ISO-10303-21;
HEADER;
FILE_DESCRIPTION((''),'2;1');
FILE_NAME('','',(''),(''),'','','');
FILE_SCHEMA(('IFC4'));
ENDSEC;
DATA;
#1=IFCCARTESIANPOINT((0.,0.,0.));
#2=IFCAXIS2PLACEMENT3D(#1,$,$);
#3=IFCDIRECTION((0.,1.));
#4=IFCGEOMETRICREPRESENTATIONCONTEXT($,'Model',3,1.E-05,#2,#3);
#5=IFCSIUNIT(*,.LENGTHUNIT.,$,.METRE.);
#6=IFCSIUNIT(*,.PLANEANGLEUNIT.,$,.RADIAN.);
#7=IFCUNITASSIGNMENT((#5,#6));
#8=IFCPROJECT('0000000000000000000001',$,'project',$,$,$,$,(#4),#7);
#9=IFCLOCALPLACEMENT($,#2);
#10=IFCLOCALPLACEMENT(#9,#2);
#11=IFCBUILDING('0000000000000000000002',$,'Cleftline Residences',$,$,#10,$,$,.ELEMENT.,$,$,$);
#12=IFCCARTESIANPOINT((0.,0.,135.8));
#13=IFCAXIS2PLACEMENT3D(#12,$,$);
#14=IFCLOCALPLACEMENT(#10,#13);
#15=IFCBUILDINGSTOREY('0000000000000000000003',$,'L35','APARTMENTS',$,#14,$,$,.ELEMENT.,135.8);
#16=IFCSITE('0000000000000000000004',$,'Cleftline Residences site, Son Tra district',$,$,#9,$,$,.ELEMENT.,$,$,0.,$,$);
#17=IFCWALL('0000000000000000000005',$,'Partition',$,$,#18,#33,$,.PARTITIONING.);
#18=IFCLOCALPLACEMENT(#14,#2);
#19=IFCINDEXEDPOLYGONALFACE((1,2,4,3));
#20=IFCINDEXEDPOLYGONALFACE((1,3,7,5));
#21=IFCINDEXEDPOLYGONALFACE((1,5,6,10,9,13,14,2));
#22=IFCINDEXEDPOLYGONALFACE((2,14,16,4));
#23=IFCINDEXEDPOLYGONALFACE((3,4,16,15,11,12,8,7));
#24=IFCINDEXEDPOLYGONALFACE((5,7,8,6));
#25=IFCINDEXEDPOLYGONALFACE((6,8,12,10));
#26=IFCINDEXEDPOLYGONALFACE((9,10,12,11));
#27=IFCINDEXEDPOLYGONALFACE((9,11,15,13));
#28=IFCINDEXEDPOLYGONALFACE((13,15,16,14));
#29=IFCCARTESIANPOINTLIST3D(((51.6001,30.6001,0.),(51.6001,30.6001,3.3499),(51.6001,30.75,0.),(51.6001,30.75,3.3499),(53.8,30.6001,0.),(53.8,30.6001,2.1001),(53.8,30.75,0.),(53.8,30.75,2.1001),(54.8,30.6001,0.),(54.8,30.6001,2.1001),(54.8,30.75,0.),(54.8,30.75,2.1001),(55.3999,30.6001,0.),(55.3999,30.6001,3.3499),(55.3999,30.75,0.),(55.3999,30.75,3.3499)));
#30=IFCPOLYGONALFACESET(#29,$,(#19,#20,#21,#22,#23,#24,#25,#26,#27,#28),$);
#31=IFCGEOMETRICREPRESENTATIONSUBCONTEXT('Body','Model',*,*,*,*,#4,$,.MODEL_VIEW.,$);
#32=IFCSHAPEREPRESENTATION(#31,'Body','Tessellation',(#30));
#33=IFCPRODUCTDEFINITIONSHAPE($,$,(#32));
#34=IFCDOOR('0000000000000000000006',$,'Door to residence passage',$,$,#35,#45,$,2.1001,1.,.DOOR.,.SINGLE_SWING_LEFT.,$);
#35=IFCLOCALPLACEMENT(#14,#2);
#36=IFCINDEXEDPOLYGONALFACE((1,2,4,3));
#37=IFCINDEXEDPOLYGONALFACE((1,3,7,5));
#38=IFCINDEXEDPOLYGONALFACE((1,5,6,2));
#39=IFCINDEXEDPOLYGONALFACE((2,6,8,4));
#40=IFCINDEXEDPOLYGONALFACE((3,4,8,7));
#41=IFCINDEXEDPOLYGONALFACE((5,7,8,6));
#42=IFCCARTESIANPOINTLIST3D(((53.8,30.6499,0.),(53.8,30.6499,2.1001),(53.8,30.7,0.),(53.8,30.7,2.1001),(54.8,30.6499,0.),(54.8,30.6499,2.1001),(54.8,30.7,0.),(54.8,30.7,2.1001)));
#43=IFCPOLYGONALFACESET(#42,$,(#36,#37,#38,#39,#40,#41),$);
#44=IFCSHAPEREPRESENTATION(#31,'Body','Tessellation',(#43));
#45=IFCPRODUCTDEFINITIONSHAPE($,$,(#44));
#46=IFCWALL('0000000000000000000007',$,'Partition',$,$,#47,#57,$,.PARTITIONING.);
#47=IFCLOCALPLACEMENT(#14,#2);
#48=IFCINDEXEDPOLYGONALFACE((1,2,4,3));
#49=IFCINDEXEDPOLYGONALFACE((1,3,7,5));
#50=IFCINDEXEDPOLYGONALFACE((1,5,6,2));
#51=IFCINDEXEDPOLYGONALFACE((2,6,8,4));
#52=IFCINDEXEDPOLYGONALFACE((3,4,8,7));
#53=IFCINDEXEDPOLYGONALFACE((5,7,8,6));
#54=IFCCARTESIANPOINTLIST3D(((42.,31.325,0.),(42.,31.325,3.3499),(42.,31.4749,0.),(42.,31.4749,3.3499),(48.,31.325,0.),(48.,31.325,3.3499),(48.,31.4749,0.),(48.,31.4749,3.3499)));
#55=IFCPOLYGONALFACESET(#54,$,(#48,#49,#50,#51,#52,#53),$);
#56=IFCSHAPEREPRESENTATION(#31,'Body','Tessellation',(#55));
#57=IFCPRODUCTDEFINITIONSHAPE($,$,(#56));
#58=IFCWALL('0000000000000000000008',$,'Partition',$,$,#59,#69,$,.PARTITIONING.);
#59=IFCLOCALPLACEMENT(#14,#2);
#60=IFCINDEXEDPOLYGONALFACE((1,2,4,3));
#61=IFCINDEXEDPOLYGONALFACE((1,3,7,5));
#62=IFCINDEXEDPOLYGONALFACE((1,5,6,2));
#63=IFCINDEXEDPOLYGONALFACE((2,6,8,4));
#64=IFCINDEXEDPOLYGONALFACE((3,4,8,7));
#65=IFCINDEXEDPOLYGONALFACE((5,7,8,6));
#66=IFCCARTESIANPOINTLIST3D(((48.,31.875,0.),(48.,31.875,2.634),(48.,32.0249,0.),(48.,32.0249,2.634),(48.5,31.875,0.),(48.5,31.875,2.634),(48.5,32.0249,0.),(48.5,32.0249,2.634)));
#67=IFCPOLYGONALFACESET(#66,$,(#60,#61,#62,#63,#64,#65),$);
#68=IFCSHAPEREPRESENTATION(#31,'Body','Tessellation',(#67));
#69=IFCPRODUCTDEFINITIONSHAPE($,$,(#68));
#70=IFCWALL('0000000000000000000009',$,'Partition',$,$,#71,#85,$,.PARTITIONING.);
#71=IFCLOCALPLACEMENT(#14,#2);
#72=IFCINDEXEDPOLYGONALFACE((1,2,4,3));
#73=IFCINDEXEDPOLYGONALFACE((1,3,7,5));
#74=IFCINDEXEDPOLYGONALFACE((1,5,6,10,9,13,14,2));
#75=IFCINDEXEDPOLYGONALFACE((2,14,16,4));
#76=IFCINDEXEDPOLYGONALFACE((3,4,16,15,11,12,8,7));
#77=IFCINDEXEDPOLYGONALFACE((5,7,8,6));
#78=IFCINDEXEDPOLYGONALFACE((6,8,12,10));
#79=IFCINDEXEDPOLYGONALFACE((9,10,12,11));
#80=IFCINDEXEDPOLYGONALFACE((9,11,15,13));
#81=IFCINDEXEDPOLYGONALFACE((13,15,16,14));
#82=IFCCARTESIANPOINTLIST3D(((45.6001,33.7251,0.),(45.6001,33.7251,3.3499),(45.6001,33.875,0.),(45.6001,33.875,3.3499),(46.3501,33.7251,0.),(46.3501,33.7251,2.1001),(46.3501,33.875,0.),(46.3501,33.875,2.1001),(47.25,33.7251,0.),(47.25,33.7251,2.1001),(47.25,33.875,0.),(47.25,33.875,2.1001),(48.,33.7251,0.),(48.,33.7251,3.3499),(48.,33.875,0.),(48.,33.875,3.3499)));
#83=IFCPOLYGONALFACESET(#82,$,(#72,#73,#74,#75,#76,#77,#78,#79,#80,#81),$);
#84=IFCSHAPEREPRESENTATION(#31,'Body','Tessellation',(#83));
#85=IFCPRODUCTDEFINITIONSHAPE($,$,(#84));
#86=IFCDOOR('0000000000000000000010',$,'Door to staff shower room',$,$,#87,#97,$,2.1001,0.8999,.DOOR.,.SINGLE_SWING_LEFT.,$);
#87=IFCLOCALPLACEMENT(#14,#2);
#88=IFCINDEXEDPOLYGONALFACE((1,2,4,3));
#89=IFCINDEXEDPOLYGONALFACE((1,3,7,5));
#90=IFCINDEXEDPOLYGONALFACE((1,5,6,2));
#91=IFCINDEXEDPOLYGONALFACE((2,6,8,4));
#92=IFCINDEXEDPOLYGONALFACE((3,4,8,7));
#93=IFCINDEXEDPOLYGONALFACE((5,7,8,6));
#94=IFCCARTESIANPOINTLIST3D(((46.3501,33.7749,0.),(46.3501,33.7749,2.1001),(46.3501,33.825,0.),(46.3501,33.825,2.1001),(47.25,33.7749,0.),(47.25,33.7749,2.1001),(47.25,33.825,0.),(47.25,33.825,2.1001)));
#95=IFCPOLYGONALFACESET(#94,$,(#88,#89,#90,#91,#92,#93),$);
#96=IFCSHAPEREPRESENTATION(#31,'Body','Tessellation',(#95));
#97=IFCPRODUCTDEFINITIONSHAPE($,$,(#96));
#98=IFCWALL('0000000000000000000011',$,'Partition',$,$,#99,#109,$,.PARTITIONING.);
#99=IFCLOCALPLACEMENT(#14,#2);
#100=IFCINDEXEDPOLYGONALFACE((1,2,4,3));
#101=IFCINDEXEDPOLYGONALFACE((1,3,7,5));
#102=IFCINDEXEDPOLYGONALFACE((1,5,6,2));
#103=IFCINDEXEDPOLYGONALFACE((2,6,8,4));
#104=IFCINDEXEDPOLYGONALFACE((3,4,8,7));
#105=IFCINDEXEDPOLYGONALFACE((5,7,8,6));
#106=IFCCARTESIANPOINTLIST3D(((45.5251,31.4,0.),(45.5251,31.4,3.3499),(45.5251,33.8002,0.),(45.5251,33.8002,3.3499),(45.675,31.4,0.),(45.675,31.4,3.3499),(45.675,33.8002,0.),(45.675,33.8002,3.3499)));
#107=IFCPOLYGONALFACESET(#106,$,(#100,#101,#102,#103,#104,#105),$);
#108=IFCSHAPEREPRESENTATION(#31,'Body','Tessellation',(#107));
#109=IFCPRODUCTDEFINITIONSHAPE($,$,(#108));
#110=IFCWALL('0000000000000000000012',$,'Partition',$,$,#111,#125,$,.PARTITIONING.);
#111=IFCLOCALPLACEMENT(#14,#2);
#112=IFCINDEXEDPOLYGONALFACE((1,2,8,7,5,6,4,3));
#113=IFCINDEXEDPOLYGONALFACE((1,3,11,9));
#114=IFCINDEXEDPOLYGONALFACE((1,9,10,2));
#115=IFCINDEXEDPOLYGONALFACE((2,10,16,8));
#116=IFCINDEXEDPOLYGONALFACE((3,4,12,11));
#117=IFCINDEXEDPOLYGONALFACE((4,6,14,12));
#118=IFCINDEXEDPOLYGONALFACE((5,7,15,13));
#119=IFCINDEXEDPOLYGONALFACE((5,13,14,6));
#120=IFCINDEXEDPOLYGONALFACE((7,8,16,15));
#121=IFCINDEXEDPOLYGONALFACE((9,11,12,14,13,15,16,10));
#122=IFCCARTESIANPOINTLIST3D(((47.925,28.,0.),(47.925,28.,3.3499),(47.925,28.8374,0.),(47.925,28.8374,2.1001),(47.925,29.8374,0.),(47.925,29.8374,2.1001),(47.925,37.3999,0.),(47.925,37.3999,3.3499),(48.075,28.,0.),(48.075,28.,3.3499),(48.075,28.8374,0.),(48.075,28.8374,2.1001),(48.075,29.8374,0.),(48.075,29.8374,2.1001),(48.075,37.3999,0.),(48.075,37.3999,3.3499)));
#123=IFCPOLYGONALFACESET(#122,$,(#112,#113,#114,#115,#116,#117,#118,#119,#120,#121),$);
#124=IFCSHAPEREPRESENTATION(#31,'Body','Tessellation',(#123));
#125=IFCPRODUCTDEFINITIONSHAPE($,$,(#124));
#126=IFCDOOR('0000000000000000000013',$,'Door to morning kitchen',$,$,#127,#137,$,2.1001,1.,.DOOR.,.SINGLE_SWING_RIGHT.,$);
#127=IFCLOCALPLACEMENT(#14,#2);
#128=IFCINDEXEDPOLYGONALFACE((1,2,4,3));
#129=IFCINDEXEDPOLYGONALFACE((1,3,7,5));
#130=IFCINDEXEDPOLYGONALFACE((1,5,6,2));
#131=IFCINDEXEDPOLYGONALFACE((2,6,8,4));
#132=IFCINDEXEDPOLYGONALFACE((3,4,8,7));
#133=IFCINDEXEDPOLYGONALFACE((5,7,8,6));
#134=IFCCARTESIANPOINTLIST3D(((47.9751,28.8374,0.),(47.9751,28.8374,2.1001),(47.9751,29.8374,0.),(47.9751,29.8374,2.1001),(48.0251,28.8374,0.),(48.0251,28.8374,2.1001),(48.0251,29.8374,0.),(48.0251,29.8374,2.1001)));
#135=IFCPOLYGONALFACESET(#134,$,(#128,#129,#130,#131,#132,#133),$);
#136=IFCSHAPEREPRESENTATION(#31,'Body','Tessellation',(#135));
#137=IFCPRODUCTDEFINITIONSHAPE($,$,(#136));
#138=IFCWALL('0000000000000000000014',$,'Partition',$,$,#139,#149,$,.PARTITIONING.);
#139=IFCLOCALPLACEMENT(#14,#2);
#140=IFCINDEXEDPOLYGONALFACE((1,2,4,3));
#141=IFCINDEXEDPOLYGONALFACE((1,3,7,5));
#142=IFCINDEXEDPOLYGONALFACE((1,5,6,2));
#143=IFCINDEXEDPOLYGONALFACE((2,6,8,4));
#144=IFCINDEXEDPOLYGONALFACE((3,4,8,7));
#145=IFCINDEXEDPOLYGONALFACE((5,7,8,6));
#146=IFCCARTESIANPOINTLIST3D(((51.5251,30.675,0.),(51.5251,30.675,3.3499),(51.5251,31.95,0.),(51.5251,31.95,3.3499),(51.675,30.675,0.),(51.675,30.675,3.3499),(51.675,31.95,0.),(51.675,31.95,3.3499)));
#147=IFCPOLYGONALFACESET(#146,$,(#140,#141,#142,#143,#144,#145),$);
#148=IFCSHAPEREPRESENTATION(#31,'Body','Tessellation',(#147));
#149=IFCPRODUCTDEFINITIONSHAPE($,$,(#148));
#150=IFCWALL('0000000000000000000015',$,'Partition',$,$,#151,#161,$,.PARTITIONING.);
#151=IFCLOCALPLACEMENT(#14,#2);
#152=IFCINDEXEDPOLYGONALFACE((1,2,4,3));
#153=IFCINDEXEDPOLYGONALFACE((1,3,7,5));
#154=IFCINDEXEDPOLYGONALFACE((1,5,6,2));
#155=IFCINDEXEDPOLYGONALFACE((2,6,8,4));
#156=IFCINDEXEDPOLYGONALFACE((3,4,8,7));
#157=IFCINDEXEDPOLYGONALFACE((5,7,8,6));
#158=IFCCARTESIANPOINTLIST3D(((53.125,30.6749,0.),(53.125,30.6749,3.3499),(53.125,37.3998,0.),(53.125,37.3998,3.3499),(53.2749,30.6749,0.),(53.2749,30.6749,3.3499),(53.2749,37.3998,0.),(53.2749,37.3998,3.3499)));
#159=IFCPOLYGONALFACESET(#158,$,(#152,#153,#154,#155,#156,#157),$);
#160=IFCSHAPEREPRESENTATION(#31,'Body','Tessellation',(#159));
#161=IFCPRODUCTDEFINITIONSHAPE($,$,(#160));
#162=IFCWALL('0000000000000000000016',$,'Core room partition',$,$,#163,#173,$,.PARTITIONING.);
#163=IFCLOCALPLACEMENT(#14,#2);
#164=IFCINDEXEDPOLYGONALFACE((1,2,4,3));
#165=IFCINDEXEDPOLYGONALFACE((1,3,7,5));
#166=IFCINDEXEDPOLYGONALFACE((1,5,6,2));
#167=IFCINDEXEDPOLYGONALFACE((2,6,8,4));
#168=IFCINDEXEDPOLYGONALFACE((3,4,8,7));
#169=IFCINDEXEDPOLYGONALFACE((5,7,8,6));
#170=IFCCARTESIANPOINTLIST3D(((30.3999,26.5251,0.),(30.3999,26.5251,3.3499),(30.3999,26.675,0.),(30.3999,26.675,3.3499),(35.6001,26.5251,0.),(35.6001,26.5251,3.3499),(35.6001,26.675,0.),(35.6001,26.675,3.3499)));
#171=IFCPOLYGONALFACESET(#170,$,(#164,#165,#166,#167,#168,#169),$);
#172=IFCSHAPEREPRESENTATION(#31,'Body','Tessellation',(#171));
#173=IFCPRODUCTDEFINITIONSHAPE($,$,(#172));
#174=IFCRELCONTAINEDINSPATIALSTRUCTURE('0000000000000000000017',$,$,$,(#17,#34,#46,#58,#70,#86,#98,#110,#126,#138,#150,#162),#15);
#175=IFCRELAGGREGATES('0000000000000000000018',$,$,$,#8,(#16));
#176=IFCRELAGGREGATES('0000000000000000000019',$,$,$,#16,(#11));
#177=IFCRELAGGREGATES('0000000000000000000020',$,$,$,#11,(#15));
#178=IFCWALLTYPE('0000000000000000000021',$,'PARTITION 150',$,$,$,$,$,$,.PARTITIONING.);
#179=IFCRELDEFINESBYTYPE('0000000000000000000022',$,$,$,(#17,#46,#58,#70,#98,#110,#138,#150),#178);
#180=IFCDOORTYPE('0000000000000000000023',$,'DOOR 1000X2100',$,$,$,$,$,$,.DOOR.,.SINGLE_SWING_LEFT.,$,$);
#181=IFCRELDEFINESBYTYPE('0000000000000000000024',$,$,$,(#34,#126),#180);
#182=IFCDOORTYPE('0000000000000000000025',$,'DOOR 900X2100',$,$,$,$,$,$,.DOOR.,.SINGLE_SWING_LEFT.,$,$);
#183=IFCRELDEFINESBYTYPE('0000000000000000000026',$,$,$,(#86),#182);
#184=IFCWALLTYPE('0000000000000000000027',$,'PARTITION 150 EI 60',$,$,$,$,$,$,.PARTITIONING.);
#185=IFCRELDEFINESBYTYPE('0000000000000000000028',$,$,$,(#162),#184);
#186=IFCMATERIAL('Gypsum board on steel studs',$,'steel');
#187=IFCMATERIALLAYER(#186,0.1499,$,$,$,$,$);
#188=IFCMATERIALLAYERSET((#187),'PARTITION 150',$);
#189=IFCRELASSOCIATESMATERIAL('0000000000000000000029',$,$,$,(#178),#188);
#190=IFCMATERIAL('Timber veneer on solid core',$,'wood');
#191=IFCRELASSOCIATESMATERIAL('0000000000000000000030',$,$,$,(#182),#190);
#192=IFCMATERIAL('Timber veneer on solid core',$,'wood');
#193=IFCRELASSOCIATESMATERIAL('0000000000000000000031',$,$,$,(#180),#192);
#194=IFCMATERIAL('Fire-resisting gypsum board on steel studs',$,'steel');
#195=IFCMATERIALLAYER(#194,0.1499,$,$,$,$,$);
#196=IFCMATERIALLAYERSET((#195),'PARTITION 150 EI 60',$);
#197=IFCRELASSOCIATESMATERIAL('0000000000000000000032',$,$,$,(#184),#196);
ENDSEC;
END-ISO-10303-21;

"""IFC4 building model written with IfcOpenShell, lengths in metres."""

from ifc_helpers import new_model, si_unit, direction, frame, frame_2d, origin, place, context, subcontext, project, spatial, rectangle, extrude, material, layer, layer_set, type_object, element, fill, save


model = new_model("IFC4")

# Units and contexts
model_context = context("Model", 3, precision=1e-05, world=origin(), true_north=direction((0.0, 1.0)))
body_context = subcontext(model_context, "Body", "Model", "MODEL_VIEW")
ifc_project = project(units=[si_unit("LENGTHUNIT", "METRE"), si_unit("PLANEANGLEUNIT", "RADIAN")], contexts=[model_context])

# Site, building, storey
site_placement = place(None, origin())
site = spatial("IfcSite", under=ifc_project, at=site_placement, Name="Cleftline Residences site, Son Tra district", CompositionType="ELEMENT", RefElevation=0.0)
building_placement = place(site_placement, origin())
building = spatial("IfcBuilding", under=site, at=building_placement, Name="Cleftline Residences", CompositionType="ELEMENT")
storey_placement = place(building_placement, frame((0.0, 0.0, 135.8)))
storey = spatial("IfcBuildingStorey", under=building, at=storey_placement, Name="L35", Description="APARTMENTS", CompositionType="ELEMENT", Elevation=135.8)

# Wall, opening, door
ifc_material_1 = material(Name="Gypsum board on steel studs", Category="steel")
ifc_layer_1 = layer(ifc_material_1, 0.1499)
ifc_layer_set_1 = layer_set([ifc_layer_1], Name="PARTITION 150")
wall_type_1 = type_object("IfcWallType", Name="PARTITION 150", PredefinedType="PARTITIONING", material=ifc_layer_set_1)
ifc_material_2 = material(Name="Timber veneer on solid core", Category="wood")
door_type_1 = type_object("IfcDoorType", Name="DOOR 900X2100", OperationType="SINGLE_SWING_LEFT", PredefinedType="DOOR", material=ifc_material_2)
wall_1_placement = place(storey_placement, frame((51.6001, 30.675, 0.0), z_axis=(0.0, 0.0, 1.0), x_axis=(1.0, 0.0, 0.0)))
wall_1 = element("IfcWall", 1, at=wall_1_placement, inside=storey, type_object=wall_type_1, Name="Partition", PredefinedType="PARTITIONING", context=body_context, shape_type="SweptSolid", body=[
    extrude(rectangle(XDim=3.7998, YDim=0.1499, at=frame_2d((1.8999, 0.0))), origin(), (0.0, 0.0, 1.0), 3.3499),
])
opening_1_placement = place(wall_1_placement, frame((2.2, 0.0, 0.0)))
opening_1 = element("IfcOpeningElement", 2, at=opening_1_placement, cuts=wall_1, PredefinedType="OPENING", context=body_context, shape_type="SweptSolid", body=[
    extrude(rectangle(XDim=1.0, YDim=2.1001, at=frame_2d((0.5, 1.05))), frame((0.0, 0.085, 0.0), z_axis=(0.0, -1.0, 0.0), x_axis=(1.0, 0.0, 0.0)), (0.0, 0.0, 1.0), 0.1699),
])
ifc_material_3 = material(Name="Timber veneer on solid core", Category="wood")
door_type_2 = type_object("IfcDoorType", Name="DOOR 1000X2100", OperationType="SINGLE_SWING_LEFT", PredefinedType="DOOR", material=ifc_material_3)
door_1_placement = place(opening_1_placement, origin())
door_1 = element("IfcDoor", 3, at=door_1_placement, inside=storey, type_object=door_type_2, Name="Door to residence passage", OperationType="SINGLE_SWING_LEFT", OverallHeight=2.1001, OverallWidth=1.0, PredefinedType="DOOR", context=body_context, shape_type="SweptSolid", body=[
    extrude(rectangle(XDim=1.0, YDim=2.1001, at=frame_2d((0.5, 1.05))), frame((0.0, 0.0249, 0.0), z_axis=(0.0, -1.0, 0.0), x_axis=(1.0, 0.0, 0.0)), (0.0, 0.0, 1.0), 0.05),
])
fill(opening_1, door_1)

# Walls
wall_2_placement = place(storey_placement, frame((42.0, 31.3999, 0.0), z_axis=(0.0, 0.0, 1.0), x_axis=(1.0, 0.0, 0.0)))
element("IfcWall", 4, at=wall_2_placement, inside=storey, type_object=wall_type_1, Name="Partition", PredefinedType="PARTITIONING", context=body_context, shape_type="SweptSolid", body=[
    extrude(rectangle(XDim=6.0, YDim=0.1499, at=frame_2d((3.0, 0.0))), origin(), (0.0, 0.0, 1.0), 3.3499),
])
wall_3_placement = place(storey_placement, frame((48.0, 31.95, 0.0), z_axis=(0.0, 0.0, 1.0), x_axis=(1.0, 0.0, 0.0)))
element("IfcWall", 5, at=wall_3_placement, inside=storey, type_object=wall_type_1, Name="Partition", PredefinedType="PARTITIONING", context=body_context, shape_type="SweptSolid", body=[
    extrude(rectangle(XDim=0.5, YDim=0.1499, at=frame_2d((0.25, 0.0))), origin(), (0.0, 0.0, 1.0), 2.634),
])

# Wall, opening, door
wall_4_placement = place(storey_placement, frame((45.6001, 33.8, 0.0), z_axis=(0.0, 0.0, 1.0), x_axis=(1.0, 0.0, 0.0)))
wall_4 = element("IfcWall", 6, at=wall_4_placement, inside=storey, type_object=wall_type_1, Name="Partition", PredefinedType="PARTITIONING", context=body_context, shape_type="SweptSolid", body=[
    extrude(rectangle(XDim=2.3999, YDim=0.1499, at=frame_2d((1.2, 0.0))), origin(), (0.0, 0.0, 1.0), 3.3499),
])
opening_2_placement = place(wall_4_placement, frame((0.75, 0.0, 0.0)))
opening_2 = element("IfcOpeningElement", 7, at=opening_2_placement, cuts=wall_4, PredefinedType="OPENING", context=body_context, shape_type="SweptSolid", body=[
    extrude(rectangle(XDim=0.8999, YDim=2.1001, at=frame_2d((0.45, 1.05))), frame((0.0, 0.085, 0.0), z_axis=(0.0, -1.0, 0.0), x_axis=(1.0, 0.0, 0.0)), (0.0, 0.0, 1.0), 0.1699),
])
door_2_placement = place(opening_2_placement, origin())
door_2 = element("IfcDoor", 8, at=door_2_placement, inside=storey, type_object=door_type_1, Name="Door to staff shower room", OperationType="SINGLE_SWING_LEFT", OverallHeight=2.1001, OverallWidth=0.8999, PredefinedType="DOOR", context=body_context, shape_type="SweptSolid", body=[
    extrude(rectangle(XDim=0.8999, YDim=2.1001, at=frame_2d((0.45, 1.05))), frame((0.0, 0.0249, 0.0), z_axis=(0.0, -1.0, 0.0), x_axis=(1.0, 0.0, 0.0)), (0.0, 0.0, 1.0), 0.05),
])
fill(opening_2, door_2)

# Wall
wall_5_placement = place(storey_placement, frame((45.6001, 31.3999, 0.0), z_axis=(0.0, 0.0, 1.0), x_axis=(0.0, 1.0, 0.0)))
element("IfcWall", 9, at=wall_5_placement, inside=storey, type_object=wall_type_1, Name="Partition", PredefinedType="PARTITIONING", context=body_context, shape_type="SweptSolid", body=[
    extrude(rectangle(XDim=2.4001, YDim=0.1499, at=frame_2d((1.2002, 0.0))), origin(), (0.0, 0.0, 1.0), 3.3499),
])

# Wall, opening, door
wall_6_placement = place(storey_placement, frame((48.0, 28.0, 0.0), z_axis=(0.0, 0.0, 1.0), x_axis=(0.0, 1.0, 0.0)))
wall_6 = element("IfcWall", 10, at=wall_6_placement, inside=storey, type_object=wall_type_1, Name="Partition", PredefinedType="PARTITIONING", context=body_context, shape_type="SweptSolid", body=[
    extrude(rectangle(XDim=9.3999, YDim=0.1499, at=frame_2d((4.7, 0.0))), origin(), (0.0, 0.0, 1.0), 3.3499),
])
opening_3_placement = place(wall_6_placement, frame((0.8374, 0.0, 0.0)))
opening_3 = element("IfcOpeningElement", 11, at=opening_3_placement, cuts=wall_6, PredefinedType="OPENING", context=body_context, shape_type="SweptSolid", body=[
    extrude(rectangle(XDim=1.0, YDim=2.1001, at=frame_2d((0.5, 1.05))), frame((0.0, 0.085, 0.0), z_axis=(0.0, -1.0, 0.0), x_axis=(1.0, 0.0, 0.0)), (0.0, 0.0, 1.0), 0.1699),
])
door_3_placement = place(opening_3_placement, origin())
door_3 = element("IfcDoor", 12, at=door_3_placement, inside=storey, type_object=door_type_2, Name="Door to morning kitchen", OperationType="SINGLE_SWING_RIGHT", OverallHeight=2.1001, OverallWidth=1.0, PredefinedType="DOOR", context=body_context, shape_type="SweptSolid", body=[
    extrude(rectangle(XDim=1.0, YDim=2.1001, at=frame_2d((0.5, 1.05))), frame((0.0, 0.0249, 0.0), z_axis=(0.0, -1.0, 0.0), x_axis=(1.0, 0.0, 0.0)), (0.0, 0.0, 1.0), 0.05),
])
fill(opening_3, door_3)

# Walls
wall_7_placement = place(storey_placement, frame((51.6001, 30.675, 0.0), z_axis=(0.0, 0.0, 1.0), x_axis=(0.0, 1.0, 0.0)))
element("IfcWall", 13, at=wall_7_placement, inside=storey, type_object=wall_type_1, Name="Partition", PredefinedType="PARTITIONING", context=body_context, shape_type="SweptSolid", body=[
    extrude(rectangle(XDim=1.2749, YDim=0.1499, at=frame_2d((0.6375, 0.0))), origin(), (0.0, 0.0, 1.0), 3.3499),
])
wall_8_placement = place(storey_placement, frame((53.2, 30.675, 0.0), z_axis=(0.0, 0.0, 1.0), x_axis=(0.0, 1.0, 0.0)))
element("IfcWall", 14, at=wall_8_placement, inside=storey, type_object=wall_type_1, Name="Partition", PredefinedType="PARTITIONING", context=body_context, shape_type="SweptSolid", body=[
    extrude(rectangle(XDim=6.7249, YDim=0.1499, at=frame_2d((3.3623, 0.0))), origin(), (0.0, 0.0, 1.0), 3.3499),
])
ifc_material_4 = material(Name="Fire-resisting gypsum board on steel studs", Category="steel")
ifc_layer_2 = layer(ifc_material_4, 0.1499)
ifc_layer_set_2 = layer_set([ifc_layer_2], Name="PARTITION 150 EI 60")
wall_type_2 = type_object("IfcWallType", Name="PARTITION 150 EI 60", PredefinedType="PARTITIONING", material=ifc_layer_set_2)
wall_9_placement = place(storey_placement, frame((30.3999, 26.6001, 0.0), z_axis=(0.0, 0.0, 1.0), x_axis=(1.0, 0.0, 0.0)))
element("IfcWall", 15, at=wall_9_placement, inside=storey, type_object=wall_type_2, Name="Core room partition", PredefinedType="PARTITIONING", context=body_context, shape_type="SweptSolid", body=[
    extrude(rectangle(XDim=5.2002, YDim=0.1499, at=frame_2d((2.6001, 0.0))), origin(), (0.0, 0.0, 1.0), 3.3499),
])

save(model, "model.ifc")
